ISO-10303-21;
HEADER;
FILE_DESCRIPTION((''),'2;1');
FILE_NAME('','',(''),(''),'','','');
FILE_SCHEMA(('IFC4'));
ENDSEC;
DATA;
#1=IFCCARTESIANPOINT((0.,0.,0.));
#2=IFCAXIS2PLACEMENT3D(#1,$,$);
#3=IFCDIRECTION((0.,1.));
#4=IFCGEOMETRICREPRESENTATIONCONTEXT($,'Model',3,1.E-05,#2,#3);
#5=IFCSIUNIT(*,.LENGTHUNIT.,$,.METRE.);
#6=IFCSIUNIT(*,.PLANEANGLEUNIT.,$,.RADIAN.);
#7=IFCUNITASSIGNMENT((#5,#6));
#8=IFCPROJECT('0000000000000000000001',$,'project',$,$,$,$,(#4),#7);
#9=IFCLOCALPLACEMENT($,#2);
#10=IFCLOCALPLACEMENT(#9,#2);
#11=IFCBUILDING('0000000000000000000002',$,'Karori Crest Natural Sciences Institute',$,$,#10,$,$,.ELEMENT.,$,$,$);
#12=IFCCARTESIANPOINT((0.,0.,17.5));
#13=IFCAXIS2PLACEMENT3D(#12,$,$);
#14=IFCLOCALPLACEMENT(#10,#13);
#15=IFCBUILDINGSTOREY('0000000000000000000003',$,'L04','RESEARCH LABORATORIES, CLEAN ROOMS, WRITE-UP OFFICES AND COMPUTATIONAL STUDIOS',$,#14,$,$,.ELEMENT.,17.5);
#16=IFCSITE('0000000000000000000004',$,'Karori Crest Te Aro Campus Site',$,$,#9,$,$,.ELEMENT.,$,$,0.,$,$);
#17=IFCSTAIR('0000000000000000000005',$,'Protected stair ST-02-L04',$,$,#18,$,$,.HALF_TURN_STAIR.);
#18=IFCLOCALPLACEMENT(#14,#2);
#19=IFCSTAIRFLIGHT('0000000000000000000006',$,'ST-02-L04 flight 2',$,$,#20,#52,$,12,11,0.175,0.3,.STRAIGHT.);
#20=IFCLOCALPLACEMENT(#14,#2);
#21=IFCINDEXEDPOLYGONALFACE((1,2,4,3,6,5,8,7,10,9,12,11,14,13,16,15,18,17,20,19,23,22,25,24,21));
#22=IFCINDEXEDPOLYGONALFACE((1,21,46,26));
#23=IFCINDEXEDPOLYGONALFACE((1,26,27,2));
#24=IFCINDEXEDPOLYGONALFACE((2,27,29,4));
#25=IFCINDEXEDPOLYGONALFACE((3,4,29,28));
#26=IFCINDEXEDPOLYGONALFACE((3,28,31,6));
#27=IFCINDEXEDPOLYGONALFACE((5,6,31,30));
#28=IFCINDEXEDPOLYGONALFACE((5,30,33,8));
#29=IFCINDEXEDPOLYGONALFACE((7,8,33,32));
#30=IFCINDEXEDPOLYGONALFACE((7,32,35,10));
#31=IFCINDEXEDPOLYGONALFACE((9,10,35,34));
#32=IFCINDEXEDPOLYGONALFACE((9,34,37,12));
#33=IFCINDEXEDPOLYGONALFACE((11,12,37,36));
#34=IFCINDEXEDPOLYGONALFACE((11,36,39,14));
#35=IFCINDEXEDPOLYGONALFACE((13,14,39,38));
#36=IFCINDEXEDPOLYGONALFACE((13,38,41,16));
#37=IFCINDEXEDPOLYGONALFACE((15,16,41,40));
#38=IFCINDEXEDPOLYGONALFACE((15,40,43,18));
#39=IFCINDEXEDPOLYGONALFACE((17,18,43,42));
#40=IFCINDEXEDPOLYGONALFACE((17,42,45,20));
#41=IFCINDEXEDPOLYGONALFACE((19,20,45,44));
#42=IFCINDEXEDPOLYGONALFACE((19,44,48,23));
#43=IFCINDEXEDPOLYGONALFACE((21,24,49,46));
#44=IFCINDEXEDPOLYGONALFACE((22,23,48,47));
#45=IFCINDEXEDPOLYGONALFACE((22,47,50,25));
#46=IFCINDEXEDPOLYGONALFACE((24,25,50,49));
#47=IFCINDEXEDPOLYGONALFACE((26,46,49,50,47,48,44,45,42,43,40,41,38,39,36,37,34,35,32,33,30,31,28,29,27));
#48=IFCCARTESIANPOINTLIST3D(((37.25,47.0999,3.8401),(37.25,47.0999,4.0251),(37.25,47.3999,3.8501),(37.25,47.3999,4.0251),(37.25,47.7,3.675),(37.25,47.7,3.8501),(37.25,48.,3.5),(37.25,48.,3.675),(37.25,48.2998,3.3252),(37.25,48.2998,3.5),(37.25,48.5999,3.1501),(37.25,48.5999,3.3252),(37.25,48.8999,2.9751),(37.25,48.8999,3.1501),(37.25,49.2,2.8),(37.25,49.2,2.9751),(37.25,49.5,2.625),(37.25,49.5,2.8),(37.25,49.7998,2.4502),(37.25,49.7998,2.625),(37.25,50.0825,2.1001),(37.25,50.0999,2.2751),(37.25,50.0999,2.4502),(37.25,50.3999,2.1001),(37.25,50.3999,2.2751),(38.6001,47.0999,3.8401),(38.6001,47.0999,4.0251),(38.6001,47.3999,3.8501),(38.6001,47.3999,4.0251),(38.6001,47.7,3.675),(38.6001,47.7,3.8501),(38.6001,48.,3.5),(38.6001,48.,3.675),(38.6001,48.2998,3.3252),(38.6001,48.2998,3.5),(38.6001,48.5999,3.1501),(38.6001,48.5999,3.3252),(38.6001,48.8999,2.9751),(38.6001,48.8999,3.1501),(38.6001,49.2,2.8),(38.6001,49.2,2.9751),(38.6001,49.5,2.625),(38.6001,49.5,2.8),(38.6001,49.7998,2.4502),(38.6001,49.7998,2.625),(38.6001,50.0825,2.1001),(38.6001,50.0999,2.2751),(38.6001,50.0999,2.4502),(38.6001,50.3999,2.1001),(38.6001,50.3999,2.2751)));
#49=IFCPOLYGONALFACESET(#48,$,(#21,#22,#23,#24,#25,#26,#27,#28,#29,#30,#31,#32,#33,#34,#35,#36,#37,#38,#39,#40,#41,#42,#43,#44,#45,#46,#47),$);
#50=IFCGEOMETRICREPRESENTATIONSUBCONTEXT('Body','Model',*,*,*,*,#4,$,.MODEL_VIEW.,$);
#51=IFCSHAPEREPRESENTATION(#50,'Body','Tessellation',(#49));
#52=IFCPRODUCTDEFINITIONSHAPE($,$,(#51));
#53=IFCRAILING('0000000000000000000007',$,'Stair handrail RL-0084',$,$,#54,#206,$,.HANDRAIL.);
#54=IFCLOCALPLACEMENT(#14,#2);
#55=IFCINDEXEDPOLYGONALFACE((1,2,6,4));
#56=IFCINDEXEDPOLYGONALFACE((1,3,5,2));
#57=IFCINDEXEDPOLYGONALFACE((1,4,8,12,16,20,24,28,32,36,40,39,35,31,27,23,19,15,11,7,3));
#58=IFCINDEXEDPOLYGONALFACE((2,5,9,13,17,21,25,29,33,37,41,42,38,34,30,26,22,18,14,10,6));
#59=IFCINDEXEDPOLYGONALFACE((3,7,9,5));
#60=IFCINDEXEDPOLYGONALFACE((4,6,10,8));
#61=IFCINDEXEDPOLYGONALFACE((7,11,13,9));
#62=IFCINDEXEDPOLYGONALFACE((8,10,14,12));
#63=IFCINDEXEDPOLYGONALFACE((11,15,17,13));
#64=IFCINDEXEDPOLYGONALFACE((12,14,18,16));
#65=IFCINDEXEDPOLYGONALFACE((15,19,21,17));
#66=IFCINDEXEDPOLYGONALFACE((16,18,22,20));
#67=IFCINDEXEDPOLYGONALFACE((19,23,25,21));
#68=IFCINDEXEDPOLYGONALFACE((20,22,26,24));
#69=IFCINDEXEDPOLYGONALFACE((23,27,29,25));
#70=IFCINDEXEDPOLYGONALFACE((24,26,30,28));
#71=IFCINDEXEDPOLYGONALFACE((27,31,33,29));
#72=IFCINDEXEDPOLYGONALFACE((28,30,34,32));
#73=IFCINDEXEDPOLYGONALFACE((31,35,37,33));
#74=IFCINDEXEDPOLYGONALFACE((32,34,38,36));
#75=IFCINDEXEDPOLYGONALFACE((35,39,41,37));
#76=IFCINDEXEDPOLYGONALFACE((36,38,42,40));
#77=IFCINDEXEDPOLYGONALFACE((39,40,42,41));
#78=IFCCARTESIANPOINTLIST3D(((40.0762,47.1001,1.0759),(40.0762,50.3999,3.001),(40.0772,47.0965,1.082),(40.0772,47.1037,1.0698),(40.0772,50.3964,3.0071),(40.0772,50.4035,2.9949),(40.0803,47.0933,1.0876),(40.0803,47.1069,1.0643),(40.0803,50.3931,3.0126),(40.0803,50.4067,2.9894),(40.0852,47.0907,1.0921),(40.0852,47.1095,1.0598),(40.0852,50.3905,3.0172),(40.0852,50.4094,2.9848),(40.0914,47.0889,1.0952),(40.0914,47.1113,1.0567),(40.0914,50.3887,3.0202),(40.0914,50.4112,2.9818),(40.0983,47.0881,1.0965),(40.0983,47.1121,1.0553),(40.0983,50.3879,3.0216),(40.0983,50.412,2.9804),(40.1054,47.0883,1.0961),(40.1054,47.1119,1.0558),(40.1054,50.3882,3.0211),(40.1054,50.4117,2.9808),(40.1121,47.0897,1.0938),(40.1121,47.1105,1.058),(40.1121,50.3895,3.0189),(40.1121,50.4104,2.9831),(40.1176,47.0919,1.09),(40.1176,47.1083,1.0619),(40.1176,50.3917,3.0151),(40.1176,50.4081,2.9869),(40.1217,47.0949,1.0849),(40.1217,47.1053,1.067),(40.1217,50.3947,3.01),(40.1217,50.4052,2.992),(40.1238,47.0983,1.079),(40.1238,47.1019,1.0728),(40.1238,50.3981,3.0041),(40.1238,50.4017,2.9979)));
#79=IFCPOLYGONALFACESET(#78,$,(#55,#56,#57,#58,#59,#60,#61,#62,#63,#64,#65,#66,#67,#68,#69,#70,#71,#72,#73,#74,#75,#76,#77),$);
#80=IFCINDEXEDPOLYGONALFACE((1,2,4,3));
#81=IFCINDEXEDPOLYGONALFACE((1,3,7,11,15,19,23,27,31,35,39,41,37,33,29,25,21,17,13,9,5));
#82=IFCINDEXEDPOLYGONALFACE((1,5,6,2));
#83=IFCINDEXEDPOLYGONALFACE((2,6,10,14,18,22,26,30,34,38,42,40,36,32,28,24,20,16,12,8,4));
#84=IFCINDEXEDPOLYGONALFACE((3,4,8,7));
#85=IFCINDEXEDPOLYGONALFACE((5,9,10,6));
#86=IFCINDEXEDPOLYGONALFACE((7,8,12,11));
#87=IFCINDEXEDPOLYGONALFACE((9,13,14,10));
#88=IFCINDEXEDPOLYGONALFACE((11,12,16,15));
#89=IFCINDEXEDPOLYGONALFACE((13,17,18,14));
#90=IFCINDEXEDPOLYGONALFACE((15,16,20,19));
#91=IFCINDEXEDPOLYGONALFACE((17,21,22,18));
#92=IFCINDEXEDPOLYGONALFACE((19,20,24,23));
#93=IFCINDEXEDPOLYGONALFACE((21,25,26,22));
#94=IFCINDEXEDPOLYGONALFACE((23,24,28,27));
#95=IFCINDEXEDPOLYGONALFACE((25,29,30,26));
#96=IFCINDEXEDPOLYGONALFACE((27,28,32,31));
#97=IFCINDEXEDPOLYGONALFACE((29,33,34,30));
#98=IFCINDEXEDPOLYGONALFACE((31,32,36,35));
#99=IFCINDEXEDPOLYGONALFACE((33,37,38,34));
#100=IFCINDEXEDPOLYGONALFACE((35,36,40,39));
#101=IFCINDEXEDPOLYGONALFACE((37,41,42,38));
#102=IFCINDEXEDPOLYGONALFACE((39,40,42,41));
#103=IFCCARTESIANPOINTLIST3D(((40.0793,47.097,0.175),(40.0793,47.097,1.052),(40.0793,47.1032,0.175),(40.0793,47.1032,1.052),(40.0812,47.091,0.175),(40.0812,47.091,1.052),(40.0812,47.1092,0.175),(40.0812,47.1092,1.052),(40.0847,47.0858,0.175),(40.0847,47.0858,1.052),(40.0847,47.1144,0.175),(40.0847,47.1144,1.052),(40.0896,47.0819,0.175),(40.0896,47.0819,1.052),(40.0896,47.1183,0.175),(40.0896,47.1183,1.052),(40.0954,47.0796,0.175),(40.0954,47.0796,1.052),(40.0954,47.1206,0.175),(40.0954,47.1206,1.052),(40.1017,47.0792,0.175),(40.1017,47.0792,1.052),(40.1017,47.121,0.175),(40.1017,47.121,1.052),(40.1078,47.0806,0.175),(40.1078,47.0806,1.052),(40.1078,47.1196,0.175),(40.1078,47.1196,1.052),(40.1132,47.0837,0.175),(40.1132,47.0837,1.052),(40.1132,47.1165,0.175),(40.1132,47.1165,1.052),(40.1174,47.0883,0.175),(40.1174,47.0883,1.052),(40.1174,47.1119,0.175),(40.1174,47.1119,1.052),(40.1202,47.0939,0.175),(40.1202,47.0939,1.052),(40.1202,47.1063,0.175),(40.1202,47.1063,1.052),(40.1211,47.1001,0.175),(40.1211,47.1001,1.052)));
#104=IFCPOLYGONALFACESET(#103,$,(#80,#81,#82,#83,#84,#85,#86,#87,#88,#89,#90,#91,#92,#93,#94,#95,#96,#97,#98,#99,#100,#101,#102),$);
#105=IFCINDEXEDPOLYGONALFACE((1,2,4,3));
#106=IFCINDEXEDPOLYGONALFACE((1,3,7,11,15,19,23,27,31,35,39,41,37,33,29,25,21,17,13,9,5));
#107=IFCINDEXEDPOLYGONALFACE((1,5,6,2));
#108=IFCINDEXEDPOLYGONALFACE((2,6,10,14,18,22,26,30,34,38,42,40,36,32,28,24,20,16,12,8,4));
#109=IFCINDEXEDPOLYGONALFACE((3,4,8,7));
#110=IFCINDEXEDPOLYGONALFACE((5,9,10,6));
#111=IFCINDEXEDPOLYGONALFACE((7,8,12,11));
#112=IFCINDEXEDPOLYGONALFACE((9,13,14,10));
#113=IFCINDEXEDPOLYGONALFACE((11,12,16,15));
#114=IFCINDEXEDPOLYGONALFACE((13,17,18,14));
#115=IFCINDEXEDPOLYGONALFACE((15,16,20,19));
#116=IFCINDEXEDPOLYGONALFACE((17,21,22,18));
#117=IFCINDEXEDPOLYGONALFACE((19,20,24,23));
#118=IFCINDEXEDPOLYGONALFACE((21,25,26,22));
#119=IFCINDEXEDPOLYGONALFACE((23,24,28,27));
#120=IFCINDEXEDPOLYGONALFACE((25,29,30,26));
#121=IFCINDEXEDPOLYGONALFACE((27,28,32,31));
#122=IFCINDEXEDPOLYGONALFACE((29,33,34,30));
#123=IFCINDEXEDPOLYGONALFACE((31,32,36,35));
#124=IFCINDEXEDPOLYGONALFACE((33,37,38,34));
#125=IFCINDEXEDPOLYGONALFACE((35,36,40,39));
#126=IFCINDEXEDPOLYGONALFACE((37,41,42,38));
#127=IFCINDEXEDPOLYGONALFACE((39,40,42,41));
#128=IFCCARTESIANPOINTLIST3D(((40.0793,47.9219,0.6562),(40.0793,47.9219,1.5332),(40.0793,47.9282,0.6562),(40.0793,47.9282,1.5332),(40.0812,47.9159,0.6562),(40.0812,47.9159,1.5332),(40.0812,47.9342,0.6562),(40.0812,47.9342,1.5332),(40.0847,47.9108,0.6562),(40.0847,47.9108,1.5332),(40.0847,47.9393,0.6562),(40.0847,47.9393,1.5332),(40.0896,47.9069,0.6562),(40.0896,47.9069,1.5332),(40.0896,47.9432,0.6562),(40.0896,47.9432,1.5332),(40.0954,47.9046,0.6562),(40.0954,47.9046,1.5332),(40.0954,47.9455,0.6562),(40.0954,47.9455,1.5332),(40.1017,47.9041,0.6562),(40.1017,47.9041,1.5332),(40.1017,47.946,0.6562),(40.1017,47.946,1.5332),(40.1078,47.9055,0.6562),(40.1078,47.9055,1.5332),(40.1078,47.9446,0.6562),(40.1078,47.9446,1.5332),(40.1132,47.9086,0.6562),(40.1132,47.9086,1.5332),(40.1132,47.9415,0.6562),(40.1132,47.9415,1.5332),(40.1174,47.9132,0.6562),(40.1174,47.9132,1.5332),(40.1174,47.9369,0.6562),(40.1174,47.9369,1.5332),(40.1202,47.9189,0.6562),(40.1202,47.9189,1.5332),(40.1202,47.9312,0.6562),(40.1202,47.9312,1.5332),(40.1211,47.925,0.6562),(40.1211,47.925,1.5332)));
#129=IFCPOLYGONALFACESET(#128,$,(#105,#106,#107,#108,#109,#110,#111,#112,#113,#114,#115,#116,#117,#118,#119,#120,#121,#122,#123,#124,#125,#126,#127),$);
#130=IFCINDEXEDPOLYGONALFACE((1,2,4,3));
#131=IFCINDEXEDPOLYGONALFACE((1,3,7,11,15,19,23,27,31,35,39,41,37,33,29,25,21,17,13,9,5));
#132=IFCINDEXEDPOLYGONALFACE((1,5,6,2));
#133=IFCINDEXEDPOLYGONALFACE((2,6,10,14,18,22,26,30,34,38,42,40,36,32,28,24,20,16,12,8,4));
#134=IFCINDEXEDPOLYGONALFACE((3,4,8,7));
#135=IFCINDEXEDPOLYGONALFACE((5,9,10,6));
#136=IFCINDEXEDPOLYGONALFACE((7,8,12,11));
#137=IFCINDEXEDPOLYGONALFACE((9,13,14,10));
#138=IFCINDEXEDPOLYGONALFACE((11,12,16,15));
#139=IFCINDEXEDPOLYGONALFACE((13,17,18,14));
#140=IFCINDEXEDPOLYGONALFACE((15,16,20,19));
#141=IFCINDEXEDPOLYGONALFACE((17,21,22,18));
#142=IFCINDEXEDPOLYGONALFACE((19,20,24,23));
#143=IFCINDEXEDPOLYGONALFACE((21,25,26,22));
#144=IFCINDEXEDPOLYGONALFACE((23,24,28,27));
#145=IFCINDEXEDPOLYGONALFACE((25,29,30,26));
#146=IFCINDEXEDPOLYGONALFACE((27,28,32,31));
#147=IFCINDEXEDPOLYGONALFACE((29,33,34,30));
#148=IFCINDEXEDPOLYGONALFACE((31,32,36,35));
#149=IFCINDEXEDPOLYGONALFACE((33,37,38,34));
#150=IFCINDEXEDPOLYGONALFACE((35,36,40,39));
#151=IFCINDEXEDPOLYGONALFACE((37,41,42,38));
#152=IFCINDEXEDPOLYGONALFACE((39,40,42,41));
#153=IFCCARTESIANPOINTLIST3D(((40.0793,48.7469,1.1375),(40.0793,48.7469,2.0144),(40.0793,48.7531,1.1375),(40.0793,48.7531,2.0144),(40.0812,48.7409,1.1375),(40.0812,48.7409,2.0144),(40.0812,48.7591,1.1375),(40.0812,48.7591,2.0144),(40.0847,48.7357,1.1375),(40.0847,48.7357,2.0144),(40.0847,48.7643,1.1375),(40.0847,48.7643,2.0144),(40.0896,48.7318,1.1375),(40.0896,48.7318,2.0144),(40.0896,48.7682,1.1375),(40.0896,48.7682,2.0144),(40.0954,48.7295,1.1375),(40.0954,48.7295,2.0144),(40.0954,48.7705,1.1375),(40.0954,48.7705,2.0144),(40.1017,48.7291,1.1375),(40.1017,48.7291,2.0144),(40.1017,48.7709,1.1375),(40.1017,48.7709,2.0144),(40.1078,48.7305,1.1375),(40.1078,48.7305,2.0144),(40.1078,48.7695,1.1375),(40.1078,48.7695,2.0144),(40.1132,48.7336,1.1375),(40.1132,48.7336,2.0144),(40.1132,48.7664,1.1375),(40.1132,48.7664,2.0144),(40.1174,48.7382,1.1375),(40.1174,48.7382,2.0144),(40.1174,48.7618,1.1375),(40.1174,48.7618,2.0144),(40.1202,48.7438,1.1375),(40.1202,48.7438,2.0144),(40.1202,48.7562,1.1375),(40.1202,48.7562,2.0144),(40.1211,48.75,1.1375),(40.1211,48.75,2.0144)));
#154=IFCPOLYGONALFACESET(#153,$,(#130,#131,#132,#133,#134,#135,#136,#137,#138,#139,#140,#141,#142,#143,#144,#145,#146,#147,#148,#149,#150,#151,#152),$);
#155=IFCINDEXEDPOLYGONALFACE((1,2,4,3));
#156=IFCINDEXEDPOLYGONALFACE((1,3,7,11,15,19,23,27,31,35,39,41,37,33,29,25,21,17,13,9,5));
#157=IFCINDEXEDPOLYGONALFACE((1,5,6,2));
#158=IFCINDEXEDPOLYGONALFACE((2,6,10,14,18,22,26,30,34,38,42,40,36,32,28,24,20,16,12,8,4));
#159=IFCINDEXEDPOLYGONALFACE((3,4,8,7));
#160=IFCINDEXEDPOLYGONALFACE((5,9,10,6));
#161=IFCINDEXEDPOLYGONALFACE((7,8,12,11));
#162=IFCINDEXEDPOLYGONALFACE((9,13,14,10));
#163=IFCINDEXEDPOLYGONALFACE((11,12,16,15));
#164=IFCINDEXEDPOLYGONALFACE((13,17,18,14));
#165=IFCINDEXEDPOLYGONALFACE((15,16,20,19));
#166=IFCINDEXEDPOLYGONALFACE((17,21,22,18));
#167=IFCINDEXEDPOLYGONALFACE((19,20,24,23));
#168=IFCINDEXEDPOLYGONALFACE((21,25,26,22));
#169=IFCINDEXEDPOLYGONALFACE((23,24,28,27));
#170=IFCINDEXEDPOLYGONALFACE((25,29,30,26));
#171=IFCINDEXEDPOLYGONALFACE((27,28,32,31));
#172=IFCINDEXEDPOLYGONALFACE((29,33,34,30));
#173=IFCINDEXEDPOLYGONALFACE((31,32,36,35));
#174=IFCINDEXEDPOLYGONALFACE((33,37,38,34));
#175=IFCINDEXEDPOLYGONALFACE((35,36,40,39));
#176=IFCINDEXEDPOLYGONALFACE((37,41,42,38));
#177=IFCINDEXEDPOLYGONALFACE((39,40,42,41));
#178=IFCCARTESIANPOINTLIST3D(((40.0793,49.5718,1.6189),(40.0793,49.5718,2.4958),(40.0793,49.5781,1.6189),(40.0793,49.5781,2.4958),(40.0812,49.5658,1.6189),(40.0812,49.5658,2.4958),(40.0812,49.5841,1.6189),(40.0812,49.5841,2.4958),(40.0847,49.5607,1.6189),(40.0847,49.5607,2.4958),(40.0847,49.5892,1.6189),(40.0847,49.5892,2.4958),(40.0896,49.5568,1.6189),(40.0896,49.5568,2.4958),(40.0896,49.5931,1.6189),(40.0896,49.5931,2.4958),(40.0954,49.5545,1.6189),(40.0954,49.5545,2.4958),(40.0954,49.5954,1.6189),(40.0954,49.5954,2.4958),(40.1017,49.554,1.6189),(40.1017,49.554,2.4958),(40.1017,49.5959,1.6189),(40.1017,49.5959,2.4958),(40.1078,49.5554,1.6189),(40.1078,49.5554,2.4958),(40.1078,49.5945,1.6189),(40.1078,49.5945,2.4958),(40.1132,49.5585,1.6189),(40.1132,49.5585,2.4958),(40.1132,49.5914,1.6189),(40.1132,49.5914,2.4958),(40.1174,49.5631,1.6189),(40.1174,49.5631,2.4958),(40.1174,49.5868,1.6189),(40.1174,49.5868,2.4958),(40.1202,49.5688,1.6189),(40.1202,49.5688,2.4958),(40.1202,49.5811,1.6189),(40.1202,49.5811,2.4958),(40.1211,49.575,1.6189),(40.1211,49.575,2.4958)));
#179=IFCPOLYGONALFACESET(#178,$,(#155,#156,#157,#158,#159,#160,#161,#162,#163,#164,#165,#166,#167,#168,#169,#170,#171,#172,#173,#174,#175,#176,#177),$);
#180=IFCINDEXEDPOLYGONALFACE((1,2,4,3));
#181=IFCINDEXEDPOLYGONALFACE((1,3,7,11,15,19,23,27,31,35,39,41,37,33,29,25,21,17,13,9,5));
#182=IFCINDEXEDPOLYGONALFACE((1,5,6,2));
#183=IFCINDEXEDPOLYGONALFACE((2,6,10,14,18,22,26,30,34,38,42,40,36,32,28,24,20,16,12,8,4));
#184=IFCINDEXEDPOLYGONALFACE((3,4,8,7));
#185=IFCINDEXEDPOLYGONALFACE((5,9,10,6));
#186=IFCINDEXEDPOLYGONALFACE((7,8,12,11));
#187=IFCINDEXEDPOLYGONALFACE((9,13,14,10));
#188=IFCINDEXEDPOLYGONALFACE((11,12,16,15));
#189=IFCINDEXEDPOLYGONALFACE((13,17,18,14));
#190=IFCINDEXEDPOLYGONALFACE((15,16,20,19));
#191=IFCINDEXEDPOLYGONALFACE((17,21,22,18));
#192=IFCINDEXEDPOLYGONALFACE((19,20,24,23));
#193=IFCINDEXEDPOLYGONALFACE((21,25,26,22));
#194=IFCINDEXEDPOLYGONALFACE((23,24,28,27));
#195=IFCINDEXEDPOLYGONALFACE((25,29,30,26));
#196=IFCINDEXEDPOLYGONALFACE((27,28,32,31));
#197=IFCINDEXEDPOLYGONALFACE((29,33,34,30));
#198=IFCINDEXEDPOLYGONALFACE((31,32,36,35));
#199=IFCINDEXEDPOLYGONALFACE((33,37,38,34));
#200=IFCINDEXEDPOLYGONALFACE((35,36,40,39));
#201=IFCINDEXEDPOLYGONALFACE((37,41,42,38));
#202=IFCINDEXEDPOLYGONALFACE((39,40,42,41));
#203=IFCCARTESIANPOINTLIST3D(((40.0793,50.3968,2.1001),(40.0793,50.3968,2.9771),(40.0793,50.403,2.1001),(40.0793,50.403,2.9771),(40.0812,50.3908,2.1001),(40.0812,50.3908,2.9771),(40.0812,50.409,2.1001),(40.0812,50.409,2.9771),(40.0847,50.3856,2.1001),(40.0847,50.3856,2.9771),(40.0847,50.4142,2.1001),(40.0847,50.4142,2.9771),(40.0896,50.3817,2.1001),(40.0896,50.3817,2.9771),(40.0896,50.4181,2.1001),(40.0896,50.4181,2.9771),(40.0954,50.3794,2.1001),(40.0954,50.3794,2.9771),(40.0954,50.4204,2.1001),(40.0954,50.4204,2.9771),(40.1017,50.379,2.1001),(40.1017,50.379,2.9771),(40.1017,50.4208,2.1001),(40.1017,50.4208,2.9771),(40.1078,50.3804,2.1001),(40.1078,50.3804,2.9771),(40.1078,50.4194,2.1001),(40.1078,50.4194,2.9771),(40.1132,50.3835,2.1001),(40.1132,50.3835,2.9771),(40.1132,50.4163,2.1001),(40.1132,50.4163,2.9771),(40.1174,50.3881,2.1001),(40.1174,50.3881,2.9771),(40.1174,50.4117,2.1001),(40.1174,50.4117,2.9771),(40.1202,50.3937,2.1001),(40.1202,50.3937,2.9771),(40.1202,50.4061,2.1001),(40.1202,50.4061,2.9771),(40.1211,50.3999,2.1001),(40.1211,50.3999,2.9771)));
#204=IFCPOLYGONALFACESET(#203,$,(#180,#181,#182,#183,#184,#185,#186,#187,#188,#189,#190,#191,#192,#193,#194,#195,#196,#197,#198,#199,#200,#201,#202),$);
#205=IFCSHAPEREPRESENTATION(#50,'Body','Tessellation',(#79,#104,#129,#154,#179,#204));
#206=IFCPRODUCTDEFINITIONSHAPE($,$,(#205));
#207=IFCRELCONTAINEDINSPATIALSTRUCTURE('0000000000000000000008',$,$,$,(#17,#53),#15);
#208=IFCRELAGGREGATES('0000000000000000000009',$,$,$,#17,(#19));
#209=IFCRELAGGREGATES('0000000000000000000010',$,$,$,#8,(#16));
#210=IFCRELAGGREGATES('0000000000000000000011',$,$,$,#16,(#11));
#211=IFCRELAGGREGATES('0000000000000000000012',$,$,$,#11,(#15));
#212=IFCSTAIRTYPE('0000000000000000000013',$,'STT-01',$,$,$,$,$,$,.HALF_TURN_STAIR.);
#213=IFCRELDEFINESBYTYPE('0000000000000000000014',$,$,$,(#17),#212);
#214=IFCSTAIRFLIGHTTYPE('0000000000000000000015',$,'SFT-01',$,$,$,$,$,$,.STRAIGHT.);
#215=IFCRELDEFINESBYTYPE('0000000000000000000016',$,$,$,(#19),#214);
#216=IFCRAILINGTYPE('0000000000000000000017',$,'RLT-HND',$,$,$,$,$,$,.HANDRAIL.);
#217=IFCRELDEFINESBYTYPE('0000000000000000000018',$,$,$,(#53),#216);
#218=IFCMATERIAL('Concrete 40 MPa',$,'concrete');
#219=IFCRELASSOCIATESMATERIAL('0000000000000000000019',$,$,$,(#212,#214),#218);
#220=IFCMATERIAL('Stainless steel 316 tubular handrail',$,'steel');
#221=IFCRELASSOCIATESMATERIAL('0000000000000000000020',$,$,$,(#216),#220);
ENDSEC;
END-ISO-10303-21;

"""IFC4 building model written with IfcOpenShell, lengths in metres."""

from ifc_helpers import new_model, si_unit, direction, frame, origin, origin_2d, place, context, subcontext, project, spatial, polyline, circle, outline, extrude, material, type_object, element, aggregate, save


model = new_model("IFC4")

# Units and contexts
model_context = context("Model", 3, precision=1e-05, world=origin(), true_north=direction((0.0, 1.0)))
body_context = subcontext(model_context, "Body", "Model", "MODEL_VIEW")
ifc_project = project(units=[si_unit("LENGTHUNIT", "METRE"), si_unit("PLANEANGLEUNIT", "RADIAN")], contexts=[model_context])

# Site, building, storey
site_placement = place(None, origin())
site = spatial("IfcSite", under=ifc_project, at=site_placement, Name="Karori Crest Te Aro Campus Site", CompositionType="ELEMENT", RefElevation=0.0)
building_placement = place(site_placement, origin())
building = spatial("IfcBuilding", under=site, at=building_placement, Name="Karori Crest Natural Sciences Institute", CompositionType="ELEMENT")
storey_placement = place(building_placement, frame((0.0, 0.0, 17.5)))
storey = spatial("IfcBuildingStorey", under=building, at=storey_placement, Name="L04", Description="RESEARCH LABORATORIES, CLEAN ROOMS, WRITE-UP OFFICES AND COMPUTATIONAL STUDIOS", CompositionType="ELEMENT", Elevation=17.5)

# Stair, stair flight
ifc_material_1 = material(Name="Concrete 40 MPa", Category="concrete")
stair_type = type_object("IfcStairType", Name="STT-01", PredefinedType="HALF_TURN_STAIR", material=ifc_material_1)
stair_placement = place(storey_placement, origin())
stair = element("IfcStair", 1, at=stair_placement, inside=storey, type_object=stair_type, Name="Protected stair ST-02-L04", PredefinedType="HALF_TURN_STAIR")
stair_flight_type = type_object("IfcStairFlightType", Name="SFT-01", PredefinedType="STRAIGHT", material=ifc_material_1)
stair_flight_1_placement = place(storey_placement, frame((37.925, 50.3999, 2.1001), z_axis=(0.0, 0.0, 1.0), x_axis=(0.0, -1.0, 0.0)))
stair_flight_1 = element("IfcStairFlight", 2, at=stair_flight_1_placement, type_object=stair_flight_type, Name="ST-02-L04 flight 2", NumberOfRisers=12, NumberOfTreads=11, PredefinedType="STRAIGHT", RiserHeight=0.175, TreadLength=0.3, context=body_context, shape_type="SweptSolid", body=[
    extrude(outline(polyline([(0.0, 0.0), (0.0, 0.175), (0.3, 0.175), (0.3, 0.3501), (0.6001, 0.3501), (0.6001, 0.5249), (0.8999, 0.5249), (0.8999, 0.7), (1.2, 0.7), (1.2, 0.875), (1.5, 0.875), (1.5, 1.05), (1.8, 1.05), (1.8, 1.2251), (2.1001, 1.2251), (2.1001, 1.3999), (2.3999, 1.3999), (2.3999, 1.575), (2.7, 1.575), (2.7, 1.75), (3.0, 1.75), (3.0, 1.925), (3.3, 1.925), (3.3, 2.1001), (3.3, 1.74), (0.3174, 0.0), (0.0, 0.0)])), frame((0.0, 0.675, 0.0), z_axis=(0.0, -1.0, 0.0), x_axis=(1.0, 0.0, 0.0)), (0.0, 0.0, 1.0), 1.3501),
])
aggregate(stair, [stair_flight_1])

# Railing
ifc_material_2 = material(Name="Stainless steel 316 tubular handrail", Category="steel")
railing_type_1 = type_object("IfcRailingType", Name="RLT-HND", PredefinedType="HANDRAIL", material=ifc_material_2)
railing_1_placement = place(storey_placement, frame((40.1001, 47.1001, 0.175)))
element("IfcRailing", 3, at=railing_1_placement, inside=storey, type_object=railing_type_1, Name="Stair handrail RL-0084", PredefinedType="HANDRAIL", context=body_context, shape_type="SweptSolid", body=[
    extrude(circle(Radius=0.0239, at=origin_2d()), frame((0.0, 0.0, 0.9009), z_axis=(0.0, 0.86376, 0.503903), x_axis=(-1.0, 0.0, 0.0)), (0.0, 0.0, 1.0), 3.8203),
    extrude(circle(Radius=0.021, at=origin_2d()), origin(), (0.0, 0.0, 1.0), 0.877),
    extrude(circle(Radius=0.021, at=origin_2d()), frame((0.0, 0.825, 0.4812)), (0.0, 0.0, 1.0), 0.877),
    extrude(circle(Radius=0.021, at=origin_2d()), frame((0.0, 1.6499, 0.9624)), (0.0, 0.0, 1.0), 0.877),
    extrude(circle(Radius=0.021, at=origin_2d()), frame((0.0, 2.4749, 1.4438)), (0.0, 0.0, 1.0), 0.877),
    extrude(circle(Radius=0.021, at=origin_2d()), frame((0.0, 3.2998, 1.925)), (0.0, 0.0, 1.0), 0.877),
])

save(model, "model.ifc")
